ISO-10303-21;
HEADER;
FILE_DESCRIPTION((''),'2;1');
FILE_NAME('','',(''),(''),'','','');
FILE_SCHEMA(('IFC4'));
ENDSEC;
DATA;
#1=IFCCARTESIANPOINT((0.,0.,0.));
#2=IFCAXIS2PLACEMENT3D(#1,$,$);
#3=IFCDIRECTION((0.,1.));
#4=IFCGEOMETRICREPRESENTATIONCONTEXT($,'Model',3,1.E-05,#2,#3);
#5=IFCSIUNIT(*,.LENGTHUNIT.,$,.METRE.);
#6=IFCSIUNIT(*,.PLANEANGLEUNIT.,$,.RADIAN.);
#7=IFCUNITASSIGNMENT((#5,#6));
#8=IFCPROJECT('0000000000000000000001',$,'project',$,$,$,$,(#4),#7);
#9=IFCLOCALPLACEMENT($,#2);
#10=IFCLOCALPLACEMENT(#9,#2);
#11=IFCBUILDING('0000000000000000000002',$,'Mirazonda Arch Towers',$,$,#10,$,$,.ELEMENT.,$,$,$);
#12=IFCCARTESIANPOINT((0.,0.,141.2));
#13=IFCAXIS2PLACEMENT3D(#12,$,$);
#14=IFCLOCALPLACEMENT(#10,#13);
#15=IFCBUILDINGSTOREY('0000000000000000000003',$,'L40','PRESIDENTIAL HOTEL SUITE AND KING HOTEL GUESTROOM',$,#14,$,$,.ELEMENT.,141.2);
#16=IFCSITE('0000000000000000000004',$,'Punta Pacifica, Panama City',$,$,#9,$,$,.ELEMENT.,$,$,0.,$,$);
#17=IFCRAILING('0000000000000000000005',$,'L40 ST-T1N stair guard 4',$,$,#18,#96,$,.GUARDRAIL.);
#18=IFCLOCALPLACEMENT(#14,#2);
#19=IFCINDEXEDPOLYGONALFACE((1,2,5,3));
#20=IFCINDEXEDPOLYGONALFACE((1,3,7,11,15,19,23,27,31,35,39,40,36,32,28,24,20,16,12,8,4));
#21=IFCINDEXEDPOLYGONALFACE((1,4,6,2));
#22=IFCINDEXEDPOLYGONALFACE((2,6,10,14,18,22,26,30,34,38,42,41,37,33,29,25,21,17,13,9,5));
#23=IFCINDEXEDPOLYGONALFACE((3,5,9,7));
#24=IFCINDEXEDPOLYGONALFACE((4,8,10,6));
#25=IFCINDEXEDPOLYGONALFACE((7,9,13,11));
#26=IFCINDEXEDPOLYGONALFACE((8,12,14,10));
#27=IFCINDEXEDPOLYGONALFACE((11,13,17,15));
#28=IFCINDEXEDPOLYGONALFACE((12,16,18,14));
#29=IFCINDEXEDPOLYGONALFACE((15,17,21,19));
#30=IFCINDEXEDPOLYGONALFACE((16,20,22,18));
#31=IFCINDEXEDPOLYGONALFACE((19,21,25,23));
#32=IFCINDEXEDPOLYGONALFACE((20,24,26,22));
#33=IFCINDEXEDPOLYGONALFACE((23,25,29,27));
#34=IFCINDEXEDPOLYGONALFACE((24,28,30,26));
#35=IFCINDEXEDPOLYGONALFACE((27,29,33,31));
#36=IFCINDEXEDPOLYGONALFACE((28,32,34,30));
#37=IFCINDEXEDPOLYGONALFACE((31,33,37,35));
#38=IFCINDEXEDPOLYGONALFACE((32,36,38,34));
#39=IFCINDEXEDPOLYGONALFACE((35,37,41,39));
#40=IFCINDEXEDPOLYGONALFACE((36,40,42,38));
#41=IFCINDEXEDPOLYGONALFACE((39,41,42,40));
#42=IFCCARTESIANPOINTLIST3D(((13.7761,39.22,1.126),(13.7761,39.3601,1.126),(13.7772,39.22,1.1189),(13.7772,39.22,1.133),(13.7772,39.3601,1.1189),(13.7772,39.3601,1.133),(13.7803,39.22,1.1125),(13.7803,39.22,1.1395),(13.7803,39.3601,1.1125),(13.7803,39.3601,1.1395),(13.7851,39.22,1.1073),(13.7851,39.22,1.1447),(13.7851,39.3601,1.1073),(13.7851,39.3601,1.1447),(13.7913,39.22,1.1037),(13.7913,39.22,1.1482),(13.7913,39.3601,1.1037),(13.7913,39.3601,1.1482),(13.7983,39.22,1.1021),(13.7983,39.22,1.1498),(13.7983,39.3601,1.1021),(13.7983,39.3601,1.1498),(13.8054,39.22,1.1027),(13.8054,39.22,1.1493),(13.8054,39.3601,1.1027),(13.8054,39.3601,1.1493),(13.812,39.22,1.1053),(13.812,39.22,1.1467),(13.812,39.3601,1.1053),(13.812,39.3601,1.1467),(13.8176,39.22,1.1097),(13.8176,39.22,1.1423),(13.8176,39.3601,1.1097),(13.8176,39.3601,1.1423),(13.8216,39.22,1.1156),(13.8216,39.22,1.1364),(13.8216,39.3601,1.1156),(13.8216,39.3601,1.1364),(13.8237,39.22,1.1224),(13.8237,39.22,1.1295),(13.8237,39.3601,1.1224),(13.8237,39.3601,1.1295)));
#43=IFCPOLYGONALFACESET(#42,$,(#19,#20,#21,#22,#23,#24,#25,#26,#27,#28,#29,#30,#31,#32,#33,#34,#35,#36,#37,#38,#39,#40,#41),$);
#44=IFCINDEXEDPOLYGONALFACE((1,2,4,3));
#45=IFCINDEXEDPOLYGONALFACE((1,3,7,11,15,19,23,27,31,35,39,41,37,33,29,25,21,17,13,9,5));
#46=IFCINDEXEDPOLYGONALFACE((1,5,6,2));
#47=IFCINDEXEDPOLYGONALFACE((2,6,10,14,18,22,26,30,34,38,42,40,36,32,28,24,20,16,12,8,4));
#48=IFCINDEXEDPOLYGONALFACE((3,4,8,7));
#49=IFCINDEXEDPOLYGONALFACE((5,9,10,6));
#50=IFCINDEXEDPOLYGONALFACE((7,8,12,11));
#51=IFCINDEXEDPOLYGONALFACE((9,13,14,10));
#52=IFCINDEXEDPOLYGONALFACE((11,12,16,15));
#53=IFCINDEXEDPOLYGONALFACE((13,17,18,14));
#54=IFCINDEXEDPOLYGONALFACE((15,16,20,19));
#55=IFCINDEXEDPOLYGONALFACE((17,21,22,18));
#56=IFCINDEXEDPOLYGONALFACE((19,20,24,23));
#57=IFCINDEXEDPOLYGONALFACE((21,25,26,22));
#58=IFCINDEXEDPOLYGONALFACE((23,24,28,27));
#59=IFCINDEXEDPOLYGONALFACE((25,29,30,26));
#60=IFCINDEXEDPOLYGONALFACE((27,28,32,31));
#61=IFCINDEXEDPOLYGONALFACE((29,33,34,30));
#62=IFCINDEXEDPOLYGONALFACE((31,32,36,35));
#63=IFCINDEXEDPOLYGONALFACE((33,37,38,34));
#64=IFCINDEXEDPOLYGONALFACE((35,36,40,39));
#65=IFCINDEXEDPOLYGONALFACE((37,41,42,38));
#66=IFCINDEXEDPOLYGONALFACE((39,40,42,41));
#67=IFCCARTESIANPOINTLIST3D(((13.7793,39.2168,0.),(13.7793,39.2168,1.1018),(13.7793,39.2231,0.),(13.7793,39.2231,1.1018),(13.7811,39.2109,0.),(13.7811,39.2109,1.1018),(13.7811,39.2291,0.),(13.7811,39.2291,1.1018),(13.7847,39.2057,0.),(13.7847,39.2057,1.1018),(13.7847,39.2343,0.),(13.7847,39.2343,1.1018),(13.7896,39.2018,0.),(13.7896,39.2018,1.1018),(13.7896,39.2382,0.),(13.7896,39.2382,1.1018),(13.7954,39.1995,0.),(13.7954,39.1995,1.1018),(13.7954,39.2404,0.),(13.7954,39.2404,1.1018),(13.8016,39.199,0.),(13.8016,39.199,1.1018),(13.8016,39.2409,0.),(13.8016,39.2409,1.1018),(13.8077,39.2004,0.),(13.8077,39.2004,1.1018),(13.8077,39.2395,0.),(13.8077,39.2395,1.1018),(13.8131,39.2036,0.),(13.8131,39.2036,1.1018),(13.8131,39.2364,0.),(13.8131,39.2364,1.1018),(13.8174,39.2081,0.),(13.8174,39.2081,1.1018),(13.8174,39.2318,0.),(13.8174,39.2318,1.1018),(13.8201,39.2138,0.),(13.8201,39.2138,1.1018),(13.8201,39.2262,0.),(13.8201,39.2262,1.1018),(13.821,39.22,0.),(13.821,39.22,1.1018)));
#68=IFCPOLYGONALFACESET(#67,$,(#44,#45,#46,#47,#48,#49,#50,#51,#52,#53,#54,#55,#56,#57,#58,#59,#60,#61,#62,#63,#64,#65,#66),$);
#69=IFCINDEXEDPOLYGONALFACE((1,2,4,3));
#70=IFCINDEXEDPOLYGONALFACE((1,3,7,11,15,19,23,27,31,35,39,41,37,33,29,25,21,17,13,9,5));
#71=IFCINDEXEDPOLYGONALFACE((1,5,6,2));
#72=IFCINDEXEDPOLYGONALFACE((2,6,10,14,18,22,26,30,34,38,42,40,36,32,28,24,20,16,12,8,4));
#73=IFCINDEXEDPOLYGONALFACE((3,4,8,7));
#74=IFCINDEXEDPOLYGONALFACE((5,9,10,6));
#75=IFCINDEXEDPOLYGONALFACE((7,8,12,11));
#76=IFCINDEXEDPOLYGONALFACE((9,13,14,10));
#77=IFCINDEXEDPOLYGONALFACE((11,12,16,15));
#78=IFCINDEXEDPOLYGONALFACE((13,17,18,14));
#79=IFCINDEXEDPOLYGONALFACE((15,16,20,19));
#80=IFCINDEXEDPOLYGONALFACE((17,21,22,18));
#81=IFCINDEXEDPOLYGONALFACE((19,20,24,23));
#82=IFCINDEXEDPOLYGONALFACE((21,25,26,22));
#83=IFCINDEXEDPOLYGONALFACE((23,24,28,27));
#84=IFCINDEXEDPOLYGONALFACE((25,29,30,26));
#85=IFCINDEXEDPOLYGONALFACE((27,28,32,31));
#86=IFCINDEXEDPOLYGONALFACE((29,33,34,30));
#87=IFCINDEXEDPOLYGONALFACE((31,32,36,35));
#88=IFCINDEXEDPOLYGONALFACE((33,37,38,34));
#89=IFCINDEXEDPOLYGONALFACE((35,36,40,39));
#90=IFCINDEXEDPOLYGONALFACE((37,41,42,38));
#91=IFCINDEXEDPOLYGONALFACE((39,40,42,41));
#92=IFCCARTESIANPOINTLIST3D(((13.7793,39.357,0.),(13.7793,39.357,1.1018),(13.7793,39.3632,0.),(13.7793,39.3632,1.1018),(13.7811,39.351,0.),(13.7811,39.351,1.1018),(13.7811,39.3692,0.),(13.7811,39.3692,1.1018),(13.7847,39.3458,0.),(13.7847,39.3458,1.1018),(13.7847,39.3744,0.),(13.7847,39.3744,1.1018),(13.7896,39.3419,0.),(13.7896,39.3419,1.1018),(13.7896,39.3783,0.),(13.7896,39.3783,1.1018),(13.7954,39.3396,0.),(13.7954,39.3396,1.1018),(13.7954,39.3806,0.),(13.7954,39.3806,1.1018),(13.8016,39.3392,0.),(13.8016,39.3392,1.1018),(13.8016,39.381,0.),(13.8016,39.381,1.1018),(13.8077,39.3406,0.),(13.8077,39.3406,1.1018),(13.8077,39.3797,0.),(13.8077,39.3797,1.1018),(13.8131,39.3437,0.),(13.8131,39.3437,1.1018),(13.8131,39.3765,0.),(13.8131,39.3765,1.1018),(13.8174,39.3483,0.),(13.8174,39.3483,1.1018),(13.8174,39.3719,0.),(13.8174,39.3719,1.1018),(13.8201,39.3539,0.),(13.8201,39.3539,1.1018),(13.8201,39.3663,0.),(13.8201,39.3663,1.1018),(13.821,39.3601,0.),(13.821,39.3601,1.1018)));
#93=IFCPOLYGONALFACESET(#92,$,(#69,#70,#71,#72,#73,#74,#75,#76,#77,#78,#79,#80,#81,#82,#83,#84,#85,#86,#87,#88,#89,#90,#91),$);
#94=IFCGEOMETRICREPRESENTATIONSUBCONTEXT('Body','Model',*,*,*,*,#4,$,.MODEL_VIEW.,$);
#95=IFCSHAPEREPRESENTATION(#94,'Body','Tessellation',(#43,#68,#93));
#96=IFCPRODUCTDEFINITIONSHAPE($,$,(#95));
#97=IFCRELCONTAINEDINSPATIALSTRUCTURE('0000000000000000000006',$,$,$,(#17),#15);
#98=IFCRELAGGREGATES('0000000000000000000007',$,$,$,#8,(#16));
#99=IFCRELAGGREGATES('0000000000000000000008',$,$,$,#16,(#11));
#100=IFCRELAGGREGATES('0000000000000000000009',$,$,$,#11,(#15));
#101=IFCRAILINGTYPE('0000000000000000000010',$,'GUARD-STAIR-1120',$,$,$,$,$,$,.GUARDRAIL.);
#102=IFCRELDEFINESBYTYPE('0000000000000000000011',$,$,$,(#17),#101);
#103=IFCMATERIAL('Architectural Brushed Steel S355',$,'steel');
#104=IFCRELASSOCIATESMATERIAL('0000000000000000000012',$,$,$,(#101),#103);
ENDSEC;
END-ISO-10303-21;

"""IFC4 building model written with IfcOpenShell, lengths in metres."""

from ifc_helpers import new_model, si_unit, direction, frame, origin, origin_2d, place, context, subcontext, project, spatial, circle, extrude, material, type_object, element, save


model = new_model("IFC4")

# Units and contexts
model_context = context("Model", 3, precision=1e-05, world=origin(), true_north=direction((0.0, 1.0)))
body_context = subcontext(model_context, "Body", "Model", "MODEL_VIEW")
ifc_project = project(units=[si_unit("LENGTHUNIT", "METRE"), si_unit("PLANEANGLEUNIT", "RADIAN")], contexts=[model_context])

# Site, building, storey
site_placement = place(None, origin())
site = spatial("IfcSite", under=ifc_project, at=site_placement, Name="Punta Pacifica, Panama City", CompositionType="ELEMENT", RefElevation=0.0)
building_placement = place(site_placement, origin())
building = spatial("IfcBuilding", under=site, at=building_placement, Name="Mirazonda Arch Towers", CompositionType="ELEMENT")
storey_placement = place(building_placement, frame((0.0, 0.0, 141.2)))
storey = spatial("IfcBuildingStorey", under=building, at=storey_placement, Name="L40", Description="PRESIDENTIAL HOTEL SUITE AND KING HOTEL GUESTROOM", CompositionType="ELEMENT", Elevation=141.2)

# Shared definitions
ifc_material_1 = material(Name="Architectural Brushed Steel S355", Category="steel")

# Railing
railing_type_1 = type_object("IfcRailingType", Name="GUARD-STAIR-1120", PredefinedType="GUARDRAIL", material=ifc_material_1)
railing_1_placement = place(storey_placement, frame((13.8, 39.22, 0.0)))
element("IfcRailing", 1, at=railing_1_placement, inside=storey, type_object=railing_type_1, Name="L40 ST-T1N stair guard 4", PredefinedType="GUARDRAIL", context=body_context, shape_type="SweptSolid", body=[
    extrude(circle(Radius=0.0239, at=origin_2d()), frame((0.0, 0.0, 1.126), z_axis=(0.0, 1.0, 0.0), x_axis=(-1.0, 0.0, 0.0)), (0.0, 0.0, 1.0), 0.1401),
    extrude(circle(Radius=0.021, at=origin_2d()), origin(), (0.0, 0.0, 1.0), 1.1018),
    extrude(circle(Radius=0.021, at=origin_2d()), frame((0.0, 0.1401, 0.0)), (0.0, 0.0, 1.0), 1.1018),
])

save(model, "model.ifc")
